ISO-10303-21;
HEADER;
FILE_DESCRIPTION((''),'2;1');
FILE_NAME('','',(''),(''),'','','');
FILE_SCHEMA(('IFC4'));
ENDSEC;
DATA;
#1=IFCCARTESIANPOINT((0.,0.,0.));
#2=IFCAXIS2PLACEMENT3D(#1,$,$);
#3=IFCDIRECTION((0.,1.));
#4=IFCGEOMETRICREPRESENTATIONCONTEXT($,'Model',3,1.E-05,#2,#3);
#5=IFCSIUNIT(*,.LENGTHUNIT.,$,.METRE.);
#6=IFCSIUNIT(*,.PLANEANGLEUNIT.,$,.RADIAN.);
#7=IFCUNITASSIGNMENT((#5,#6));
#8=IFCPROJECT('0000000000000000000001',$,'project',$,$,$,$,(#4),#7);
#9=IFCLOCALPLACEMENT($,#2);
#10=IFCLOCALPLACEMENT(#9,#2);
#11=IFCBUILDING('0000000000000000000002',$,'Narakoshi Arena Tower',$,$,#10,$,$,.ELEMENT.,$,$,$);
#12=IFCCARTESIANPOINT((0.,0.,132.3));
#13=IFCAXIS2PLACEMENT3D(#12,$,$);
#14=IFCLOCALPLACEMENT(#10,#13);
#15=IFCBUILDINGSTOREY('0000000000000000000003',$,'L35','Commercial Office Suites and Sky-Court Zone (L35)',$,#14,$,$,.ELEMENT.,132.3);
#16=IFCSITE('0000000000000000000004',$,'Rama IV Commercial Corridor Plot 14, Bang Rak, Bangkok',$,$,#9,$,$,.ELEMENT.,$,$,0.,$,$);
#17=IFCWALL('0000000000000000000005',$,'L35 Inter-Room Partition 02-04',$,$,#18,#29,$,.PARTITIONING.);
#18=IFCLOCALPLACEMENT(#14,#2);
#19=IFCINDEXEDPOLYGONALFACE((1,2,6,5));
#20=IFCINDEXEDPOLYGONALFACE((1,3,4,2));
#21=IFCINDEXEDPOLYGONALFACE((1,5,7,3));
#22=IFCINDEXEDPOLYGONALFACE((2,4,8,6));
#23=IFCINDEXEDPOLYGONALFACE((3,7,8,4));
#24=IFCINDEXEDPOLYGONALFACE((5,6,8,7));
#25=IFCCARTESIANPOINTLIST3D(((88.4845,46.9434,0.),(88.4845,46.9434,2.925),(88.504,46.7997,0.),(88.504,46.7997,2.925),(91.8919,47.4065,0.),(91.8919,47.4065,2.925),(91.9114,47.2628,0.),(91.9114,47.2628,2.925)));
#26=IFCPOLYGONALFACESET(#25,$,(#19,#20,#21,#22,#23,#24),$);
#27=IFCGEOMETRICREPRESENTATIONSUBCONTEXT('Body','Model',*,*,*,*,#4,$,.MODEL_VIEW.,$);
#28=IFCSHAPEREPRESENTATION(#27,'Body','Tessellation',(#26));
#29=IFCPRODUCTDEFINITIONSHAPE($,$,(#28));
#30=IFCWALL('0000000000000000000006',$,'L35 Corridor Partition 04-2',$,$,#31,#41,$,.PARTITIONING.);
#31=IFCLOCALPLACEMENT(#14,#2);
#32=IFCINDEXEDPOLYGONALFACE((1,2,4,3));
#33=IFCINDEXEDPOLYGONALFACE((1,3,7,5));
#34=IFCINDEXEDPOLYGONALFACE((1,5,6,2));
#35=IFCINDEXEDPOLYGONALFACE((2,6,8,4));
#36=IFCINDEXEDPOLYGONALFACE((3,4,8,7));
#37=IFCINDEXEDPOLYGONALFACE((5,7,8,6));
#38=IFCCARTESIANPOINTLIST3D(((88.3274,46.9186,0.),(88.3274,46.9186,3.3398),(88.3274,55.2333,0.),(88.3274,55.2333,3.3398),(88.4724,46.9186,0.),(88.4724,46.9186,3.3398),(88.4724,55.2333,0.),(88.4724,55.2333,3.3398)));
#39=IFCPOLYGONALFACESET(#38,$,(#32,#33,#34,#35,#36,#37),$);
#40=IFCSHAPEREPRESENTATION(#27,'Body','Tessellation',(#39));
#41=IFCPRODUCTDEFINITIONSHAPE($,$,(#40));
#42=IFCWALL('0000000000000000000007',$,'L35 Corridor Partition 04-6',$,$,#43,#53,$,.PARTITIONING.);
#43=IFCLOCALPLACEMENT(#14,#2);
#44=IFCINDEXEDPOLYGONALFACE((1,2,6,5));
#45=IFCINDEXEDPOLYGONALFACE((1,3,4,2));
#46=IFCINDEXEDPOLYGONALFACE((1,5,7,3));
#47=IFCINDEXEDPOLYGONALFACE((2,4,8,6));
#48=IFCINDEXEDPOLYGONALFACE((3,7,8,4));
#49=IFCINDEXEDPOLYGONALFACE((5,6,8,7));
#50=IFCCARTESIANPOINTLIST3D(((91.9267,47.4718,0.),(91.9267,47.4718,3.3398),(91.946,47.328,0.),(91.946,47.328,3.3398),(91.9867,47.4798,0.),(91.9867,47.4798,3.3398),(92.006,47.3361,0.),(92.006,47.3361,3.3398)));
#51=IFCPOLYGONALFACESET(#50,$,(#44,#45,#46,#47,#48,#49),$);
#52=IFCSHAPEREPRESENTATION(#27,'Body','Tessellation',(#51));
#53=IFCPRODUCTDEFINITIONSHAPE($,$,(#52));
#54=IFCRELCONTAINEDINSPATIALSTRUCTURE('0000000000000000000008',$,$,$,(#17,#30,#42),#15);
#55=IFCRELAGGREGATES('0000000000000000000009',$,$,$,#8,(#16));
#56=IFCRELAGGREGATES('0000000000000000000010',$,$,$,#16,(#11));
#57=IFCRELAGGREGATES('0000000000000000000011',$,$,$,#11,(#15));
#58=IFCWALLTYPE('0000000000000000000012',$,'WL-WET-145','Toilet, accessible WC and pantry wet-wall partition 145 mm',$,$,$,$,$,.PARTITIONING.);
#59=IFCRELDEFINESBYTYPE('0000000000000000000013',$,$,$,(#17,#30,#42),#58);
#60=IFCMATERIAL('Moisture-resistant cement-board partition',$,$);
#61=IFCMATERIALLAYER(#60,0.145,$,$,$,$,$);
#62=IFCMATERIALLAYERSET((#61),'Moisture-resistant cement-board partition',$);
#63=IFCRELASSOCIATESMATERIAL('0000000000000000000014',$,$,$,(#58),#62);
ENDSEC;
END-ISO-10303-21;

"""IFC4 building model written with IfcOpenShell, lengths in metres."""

from ifc_helpers import new_model, si_unit, direction, frame, frame_2d, origin, place, context, subcontext, project, spatial, rectangle, extrude, material, layer, layer_set, type_object, element, save


model = new_model("IFC4")

# Units and contexts
model_context = context("Model", 3, precision=1e-05, world=origin(), true_north=direction((0.0, 1.0)))
body_context = subcontext(model_context, "Body", "Model", "MODEL_VIEW")
ifc_project = project(units=[si_unit("LENGTHUNIT", "METRE"), si_unit("PLANEANGLEUNIT", "RADIAN")], contexts=[model_context])

# Site, building, storey
site_placement = place(None, origin())
site = spatial("IfcSite", under=ifc_project, at=site_placement, Name="Rama IV Commercial Corridor Plot 14, Bang Rak, Bangkok", CompositionType="ELEMENT", RefElevation=0.0)
building_placement = place(site_placement, origin())
building = spatial("IfcBuilding", under=site, at=building_placement, Name="Narakoshi Arena Tower", CompositionType="ELEMENT")
storey_placement = place(building_placement, frame((0.0, 0.0, 132.3)))
storey = spatial("IfcBuildingStorey", under=building, at=storey_placement, Name="L35", Description="Commercial Office Suites and Sky-Court Zone (L35)", CompositionType="ELEMENT", Elevation=132.3)

# Walls
ifc_material_1 = material(Name="Moisture-resistant cement-board partition")
ifc_layer_1 = layer(ifc_material_1, 0.145)
ifc_layer_set_1 = layer_set([ifc_layer_1], Name="Moisture-resistant cement-board partition")
wall_type_1 = type_object("IfcWallType", Name="WL-WET-145", Description="Toilet, accessible WC and pantry wet-wall partition 145 mm", PredefinedType="PARTITIONING", material=ifc_layer_set_1)
wall_1_placement = place(storey_placement, frame((88.4944, 46.8716, 0.0), z_axis=(0.0, 0.0, 1.0), x_axis=(0.990889, 0.134679, 0.0)))
element("IfcWall", 1, at=wall_1_placement, inside=storey, type_object=wall_type_1, Name="L35 Inter-Room Partition 02-04", PredefinedType="PARTITIONING", context=body_context, shape_type="SweptSolid", body=[
    extrude(rectangle(XDim=3.4387, YDim=0.145, at=frame_2d((1.7192, 0.0))), origin(), (0.0, 0.0, 1.0), 2.925),
])
wall_2_placement = place(storey_placement, frame((88.3999, 46.9187, 0.0), z_axis=(0.0, 0.0, 1.0), x_axis=(0.0, 1.0, 0.0)))
element("IfcWall", 2, at=wall_2_placement, inside=storey, type_object=wall_type_1, Name="L35 Corridor Partition 04-2", PredefinedType="PARTITIONING", context=body_context, shape_type="SweptSolid", body=[
    extrude(rectangle(XDim=8.3147, YDim=0.145, at=frame_2d((4.1572, 0.0))), origin(), (0.0, 0.0, 1.0), 3.3398),
])
wall_3_placement = place(storey_placement, frame((91.9963, 47.408, 0.0), z_axis=(0.0, 0.0, 1.0), x_axis=(-0.991122, -0.132955, 0.0)))
element("IfcWall", 3, at=wall_3_placement, inside=storey, type_object=wall_type_1, Name="L35 Corridor Partition 04-6", PredefinedType="PARTITIONING", context=body_context, shape_type="SweptSolid", body=[
    extrude(rectangle(XDim=0.0605, YDim=0.145, at=frame_2d((0.0303, 0.0))), origin(), (0.0, 0.0, 1.0), 3.3398),
])

save(model, "model.ifc")
